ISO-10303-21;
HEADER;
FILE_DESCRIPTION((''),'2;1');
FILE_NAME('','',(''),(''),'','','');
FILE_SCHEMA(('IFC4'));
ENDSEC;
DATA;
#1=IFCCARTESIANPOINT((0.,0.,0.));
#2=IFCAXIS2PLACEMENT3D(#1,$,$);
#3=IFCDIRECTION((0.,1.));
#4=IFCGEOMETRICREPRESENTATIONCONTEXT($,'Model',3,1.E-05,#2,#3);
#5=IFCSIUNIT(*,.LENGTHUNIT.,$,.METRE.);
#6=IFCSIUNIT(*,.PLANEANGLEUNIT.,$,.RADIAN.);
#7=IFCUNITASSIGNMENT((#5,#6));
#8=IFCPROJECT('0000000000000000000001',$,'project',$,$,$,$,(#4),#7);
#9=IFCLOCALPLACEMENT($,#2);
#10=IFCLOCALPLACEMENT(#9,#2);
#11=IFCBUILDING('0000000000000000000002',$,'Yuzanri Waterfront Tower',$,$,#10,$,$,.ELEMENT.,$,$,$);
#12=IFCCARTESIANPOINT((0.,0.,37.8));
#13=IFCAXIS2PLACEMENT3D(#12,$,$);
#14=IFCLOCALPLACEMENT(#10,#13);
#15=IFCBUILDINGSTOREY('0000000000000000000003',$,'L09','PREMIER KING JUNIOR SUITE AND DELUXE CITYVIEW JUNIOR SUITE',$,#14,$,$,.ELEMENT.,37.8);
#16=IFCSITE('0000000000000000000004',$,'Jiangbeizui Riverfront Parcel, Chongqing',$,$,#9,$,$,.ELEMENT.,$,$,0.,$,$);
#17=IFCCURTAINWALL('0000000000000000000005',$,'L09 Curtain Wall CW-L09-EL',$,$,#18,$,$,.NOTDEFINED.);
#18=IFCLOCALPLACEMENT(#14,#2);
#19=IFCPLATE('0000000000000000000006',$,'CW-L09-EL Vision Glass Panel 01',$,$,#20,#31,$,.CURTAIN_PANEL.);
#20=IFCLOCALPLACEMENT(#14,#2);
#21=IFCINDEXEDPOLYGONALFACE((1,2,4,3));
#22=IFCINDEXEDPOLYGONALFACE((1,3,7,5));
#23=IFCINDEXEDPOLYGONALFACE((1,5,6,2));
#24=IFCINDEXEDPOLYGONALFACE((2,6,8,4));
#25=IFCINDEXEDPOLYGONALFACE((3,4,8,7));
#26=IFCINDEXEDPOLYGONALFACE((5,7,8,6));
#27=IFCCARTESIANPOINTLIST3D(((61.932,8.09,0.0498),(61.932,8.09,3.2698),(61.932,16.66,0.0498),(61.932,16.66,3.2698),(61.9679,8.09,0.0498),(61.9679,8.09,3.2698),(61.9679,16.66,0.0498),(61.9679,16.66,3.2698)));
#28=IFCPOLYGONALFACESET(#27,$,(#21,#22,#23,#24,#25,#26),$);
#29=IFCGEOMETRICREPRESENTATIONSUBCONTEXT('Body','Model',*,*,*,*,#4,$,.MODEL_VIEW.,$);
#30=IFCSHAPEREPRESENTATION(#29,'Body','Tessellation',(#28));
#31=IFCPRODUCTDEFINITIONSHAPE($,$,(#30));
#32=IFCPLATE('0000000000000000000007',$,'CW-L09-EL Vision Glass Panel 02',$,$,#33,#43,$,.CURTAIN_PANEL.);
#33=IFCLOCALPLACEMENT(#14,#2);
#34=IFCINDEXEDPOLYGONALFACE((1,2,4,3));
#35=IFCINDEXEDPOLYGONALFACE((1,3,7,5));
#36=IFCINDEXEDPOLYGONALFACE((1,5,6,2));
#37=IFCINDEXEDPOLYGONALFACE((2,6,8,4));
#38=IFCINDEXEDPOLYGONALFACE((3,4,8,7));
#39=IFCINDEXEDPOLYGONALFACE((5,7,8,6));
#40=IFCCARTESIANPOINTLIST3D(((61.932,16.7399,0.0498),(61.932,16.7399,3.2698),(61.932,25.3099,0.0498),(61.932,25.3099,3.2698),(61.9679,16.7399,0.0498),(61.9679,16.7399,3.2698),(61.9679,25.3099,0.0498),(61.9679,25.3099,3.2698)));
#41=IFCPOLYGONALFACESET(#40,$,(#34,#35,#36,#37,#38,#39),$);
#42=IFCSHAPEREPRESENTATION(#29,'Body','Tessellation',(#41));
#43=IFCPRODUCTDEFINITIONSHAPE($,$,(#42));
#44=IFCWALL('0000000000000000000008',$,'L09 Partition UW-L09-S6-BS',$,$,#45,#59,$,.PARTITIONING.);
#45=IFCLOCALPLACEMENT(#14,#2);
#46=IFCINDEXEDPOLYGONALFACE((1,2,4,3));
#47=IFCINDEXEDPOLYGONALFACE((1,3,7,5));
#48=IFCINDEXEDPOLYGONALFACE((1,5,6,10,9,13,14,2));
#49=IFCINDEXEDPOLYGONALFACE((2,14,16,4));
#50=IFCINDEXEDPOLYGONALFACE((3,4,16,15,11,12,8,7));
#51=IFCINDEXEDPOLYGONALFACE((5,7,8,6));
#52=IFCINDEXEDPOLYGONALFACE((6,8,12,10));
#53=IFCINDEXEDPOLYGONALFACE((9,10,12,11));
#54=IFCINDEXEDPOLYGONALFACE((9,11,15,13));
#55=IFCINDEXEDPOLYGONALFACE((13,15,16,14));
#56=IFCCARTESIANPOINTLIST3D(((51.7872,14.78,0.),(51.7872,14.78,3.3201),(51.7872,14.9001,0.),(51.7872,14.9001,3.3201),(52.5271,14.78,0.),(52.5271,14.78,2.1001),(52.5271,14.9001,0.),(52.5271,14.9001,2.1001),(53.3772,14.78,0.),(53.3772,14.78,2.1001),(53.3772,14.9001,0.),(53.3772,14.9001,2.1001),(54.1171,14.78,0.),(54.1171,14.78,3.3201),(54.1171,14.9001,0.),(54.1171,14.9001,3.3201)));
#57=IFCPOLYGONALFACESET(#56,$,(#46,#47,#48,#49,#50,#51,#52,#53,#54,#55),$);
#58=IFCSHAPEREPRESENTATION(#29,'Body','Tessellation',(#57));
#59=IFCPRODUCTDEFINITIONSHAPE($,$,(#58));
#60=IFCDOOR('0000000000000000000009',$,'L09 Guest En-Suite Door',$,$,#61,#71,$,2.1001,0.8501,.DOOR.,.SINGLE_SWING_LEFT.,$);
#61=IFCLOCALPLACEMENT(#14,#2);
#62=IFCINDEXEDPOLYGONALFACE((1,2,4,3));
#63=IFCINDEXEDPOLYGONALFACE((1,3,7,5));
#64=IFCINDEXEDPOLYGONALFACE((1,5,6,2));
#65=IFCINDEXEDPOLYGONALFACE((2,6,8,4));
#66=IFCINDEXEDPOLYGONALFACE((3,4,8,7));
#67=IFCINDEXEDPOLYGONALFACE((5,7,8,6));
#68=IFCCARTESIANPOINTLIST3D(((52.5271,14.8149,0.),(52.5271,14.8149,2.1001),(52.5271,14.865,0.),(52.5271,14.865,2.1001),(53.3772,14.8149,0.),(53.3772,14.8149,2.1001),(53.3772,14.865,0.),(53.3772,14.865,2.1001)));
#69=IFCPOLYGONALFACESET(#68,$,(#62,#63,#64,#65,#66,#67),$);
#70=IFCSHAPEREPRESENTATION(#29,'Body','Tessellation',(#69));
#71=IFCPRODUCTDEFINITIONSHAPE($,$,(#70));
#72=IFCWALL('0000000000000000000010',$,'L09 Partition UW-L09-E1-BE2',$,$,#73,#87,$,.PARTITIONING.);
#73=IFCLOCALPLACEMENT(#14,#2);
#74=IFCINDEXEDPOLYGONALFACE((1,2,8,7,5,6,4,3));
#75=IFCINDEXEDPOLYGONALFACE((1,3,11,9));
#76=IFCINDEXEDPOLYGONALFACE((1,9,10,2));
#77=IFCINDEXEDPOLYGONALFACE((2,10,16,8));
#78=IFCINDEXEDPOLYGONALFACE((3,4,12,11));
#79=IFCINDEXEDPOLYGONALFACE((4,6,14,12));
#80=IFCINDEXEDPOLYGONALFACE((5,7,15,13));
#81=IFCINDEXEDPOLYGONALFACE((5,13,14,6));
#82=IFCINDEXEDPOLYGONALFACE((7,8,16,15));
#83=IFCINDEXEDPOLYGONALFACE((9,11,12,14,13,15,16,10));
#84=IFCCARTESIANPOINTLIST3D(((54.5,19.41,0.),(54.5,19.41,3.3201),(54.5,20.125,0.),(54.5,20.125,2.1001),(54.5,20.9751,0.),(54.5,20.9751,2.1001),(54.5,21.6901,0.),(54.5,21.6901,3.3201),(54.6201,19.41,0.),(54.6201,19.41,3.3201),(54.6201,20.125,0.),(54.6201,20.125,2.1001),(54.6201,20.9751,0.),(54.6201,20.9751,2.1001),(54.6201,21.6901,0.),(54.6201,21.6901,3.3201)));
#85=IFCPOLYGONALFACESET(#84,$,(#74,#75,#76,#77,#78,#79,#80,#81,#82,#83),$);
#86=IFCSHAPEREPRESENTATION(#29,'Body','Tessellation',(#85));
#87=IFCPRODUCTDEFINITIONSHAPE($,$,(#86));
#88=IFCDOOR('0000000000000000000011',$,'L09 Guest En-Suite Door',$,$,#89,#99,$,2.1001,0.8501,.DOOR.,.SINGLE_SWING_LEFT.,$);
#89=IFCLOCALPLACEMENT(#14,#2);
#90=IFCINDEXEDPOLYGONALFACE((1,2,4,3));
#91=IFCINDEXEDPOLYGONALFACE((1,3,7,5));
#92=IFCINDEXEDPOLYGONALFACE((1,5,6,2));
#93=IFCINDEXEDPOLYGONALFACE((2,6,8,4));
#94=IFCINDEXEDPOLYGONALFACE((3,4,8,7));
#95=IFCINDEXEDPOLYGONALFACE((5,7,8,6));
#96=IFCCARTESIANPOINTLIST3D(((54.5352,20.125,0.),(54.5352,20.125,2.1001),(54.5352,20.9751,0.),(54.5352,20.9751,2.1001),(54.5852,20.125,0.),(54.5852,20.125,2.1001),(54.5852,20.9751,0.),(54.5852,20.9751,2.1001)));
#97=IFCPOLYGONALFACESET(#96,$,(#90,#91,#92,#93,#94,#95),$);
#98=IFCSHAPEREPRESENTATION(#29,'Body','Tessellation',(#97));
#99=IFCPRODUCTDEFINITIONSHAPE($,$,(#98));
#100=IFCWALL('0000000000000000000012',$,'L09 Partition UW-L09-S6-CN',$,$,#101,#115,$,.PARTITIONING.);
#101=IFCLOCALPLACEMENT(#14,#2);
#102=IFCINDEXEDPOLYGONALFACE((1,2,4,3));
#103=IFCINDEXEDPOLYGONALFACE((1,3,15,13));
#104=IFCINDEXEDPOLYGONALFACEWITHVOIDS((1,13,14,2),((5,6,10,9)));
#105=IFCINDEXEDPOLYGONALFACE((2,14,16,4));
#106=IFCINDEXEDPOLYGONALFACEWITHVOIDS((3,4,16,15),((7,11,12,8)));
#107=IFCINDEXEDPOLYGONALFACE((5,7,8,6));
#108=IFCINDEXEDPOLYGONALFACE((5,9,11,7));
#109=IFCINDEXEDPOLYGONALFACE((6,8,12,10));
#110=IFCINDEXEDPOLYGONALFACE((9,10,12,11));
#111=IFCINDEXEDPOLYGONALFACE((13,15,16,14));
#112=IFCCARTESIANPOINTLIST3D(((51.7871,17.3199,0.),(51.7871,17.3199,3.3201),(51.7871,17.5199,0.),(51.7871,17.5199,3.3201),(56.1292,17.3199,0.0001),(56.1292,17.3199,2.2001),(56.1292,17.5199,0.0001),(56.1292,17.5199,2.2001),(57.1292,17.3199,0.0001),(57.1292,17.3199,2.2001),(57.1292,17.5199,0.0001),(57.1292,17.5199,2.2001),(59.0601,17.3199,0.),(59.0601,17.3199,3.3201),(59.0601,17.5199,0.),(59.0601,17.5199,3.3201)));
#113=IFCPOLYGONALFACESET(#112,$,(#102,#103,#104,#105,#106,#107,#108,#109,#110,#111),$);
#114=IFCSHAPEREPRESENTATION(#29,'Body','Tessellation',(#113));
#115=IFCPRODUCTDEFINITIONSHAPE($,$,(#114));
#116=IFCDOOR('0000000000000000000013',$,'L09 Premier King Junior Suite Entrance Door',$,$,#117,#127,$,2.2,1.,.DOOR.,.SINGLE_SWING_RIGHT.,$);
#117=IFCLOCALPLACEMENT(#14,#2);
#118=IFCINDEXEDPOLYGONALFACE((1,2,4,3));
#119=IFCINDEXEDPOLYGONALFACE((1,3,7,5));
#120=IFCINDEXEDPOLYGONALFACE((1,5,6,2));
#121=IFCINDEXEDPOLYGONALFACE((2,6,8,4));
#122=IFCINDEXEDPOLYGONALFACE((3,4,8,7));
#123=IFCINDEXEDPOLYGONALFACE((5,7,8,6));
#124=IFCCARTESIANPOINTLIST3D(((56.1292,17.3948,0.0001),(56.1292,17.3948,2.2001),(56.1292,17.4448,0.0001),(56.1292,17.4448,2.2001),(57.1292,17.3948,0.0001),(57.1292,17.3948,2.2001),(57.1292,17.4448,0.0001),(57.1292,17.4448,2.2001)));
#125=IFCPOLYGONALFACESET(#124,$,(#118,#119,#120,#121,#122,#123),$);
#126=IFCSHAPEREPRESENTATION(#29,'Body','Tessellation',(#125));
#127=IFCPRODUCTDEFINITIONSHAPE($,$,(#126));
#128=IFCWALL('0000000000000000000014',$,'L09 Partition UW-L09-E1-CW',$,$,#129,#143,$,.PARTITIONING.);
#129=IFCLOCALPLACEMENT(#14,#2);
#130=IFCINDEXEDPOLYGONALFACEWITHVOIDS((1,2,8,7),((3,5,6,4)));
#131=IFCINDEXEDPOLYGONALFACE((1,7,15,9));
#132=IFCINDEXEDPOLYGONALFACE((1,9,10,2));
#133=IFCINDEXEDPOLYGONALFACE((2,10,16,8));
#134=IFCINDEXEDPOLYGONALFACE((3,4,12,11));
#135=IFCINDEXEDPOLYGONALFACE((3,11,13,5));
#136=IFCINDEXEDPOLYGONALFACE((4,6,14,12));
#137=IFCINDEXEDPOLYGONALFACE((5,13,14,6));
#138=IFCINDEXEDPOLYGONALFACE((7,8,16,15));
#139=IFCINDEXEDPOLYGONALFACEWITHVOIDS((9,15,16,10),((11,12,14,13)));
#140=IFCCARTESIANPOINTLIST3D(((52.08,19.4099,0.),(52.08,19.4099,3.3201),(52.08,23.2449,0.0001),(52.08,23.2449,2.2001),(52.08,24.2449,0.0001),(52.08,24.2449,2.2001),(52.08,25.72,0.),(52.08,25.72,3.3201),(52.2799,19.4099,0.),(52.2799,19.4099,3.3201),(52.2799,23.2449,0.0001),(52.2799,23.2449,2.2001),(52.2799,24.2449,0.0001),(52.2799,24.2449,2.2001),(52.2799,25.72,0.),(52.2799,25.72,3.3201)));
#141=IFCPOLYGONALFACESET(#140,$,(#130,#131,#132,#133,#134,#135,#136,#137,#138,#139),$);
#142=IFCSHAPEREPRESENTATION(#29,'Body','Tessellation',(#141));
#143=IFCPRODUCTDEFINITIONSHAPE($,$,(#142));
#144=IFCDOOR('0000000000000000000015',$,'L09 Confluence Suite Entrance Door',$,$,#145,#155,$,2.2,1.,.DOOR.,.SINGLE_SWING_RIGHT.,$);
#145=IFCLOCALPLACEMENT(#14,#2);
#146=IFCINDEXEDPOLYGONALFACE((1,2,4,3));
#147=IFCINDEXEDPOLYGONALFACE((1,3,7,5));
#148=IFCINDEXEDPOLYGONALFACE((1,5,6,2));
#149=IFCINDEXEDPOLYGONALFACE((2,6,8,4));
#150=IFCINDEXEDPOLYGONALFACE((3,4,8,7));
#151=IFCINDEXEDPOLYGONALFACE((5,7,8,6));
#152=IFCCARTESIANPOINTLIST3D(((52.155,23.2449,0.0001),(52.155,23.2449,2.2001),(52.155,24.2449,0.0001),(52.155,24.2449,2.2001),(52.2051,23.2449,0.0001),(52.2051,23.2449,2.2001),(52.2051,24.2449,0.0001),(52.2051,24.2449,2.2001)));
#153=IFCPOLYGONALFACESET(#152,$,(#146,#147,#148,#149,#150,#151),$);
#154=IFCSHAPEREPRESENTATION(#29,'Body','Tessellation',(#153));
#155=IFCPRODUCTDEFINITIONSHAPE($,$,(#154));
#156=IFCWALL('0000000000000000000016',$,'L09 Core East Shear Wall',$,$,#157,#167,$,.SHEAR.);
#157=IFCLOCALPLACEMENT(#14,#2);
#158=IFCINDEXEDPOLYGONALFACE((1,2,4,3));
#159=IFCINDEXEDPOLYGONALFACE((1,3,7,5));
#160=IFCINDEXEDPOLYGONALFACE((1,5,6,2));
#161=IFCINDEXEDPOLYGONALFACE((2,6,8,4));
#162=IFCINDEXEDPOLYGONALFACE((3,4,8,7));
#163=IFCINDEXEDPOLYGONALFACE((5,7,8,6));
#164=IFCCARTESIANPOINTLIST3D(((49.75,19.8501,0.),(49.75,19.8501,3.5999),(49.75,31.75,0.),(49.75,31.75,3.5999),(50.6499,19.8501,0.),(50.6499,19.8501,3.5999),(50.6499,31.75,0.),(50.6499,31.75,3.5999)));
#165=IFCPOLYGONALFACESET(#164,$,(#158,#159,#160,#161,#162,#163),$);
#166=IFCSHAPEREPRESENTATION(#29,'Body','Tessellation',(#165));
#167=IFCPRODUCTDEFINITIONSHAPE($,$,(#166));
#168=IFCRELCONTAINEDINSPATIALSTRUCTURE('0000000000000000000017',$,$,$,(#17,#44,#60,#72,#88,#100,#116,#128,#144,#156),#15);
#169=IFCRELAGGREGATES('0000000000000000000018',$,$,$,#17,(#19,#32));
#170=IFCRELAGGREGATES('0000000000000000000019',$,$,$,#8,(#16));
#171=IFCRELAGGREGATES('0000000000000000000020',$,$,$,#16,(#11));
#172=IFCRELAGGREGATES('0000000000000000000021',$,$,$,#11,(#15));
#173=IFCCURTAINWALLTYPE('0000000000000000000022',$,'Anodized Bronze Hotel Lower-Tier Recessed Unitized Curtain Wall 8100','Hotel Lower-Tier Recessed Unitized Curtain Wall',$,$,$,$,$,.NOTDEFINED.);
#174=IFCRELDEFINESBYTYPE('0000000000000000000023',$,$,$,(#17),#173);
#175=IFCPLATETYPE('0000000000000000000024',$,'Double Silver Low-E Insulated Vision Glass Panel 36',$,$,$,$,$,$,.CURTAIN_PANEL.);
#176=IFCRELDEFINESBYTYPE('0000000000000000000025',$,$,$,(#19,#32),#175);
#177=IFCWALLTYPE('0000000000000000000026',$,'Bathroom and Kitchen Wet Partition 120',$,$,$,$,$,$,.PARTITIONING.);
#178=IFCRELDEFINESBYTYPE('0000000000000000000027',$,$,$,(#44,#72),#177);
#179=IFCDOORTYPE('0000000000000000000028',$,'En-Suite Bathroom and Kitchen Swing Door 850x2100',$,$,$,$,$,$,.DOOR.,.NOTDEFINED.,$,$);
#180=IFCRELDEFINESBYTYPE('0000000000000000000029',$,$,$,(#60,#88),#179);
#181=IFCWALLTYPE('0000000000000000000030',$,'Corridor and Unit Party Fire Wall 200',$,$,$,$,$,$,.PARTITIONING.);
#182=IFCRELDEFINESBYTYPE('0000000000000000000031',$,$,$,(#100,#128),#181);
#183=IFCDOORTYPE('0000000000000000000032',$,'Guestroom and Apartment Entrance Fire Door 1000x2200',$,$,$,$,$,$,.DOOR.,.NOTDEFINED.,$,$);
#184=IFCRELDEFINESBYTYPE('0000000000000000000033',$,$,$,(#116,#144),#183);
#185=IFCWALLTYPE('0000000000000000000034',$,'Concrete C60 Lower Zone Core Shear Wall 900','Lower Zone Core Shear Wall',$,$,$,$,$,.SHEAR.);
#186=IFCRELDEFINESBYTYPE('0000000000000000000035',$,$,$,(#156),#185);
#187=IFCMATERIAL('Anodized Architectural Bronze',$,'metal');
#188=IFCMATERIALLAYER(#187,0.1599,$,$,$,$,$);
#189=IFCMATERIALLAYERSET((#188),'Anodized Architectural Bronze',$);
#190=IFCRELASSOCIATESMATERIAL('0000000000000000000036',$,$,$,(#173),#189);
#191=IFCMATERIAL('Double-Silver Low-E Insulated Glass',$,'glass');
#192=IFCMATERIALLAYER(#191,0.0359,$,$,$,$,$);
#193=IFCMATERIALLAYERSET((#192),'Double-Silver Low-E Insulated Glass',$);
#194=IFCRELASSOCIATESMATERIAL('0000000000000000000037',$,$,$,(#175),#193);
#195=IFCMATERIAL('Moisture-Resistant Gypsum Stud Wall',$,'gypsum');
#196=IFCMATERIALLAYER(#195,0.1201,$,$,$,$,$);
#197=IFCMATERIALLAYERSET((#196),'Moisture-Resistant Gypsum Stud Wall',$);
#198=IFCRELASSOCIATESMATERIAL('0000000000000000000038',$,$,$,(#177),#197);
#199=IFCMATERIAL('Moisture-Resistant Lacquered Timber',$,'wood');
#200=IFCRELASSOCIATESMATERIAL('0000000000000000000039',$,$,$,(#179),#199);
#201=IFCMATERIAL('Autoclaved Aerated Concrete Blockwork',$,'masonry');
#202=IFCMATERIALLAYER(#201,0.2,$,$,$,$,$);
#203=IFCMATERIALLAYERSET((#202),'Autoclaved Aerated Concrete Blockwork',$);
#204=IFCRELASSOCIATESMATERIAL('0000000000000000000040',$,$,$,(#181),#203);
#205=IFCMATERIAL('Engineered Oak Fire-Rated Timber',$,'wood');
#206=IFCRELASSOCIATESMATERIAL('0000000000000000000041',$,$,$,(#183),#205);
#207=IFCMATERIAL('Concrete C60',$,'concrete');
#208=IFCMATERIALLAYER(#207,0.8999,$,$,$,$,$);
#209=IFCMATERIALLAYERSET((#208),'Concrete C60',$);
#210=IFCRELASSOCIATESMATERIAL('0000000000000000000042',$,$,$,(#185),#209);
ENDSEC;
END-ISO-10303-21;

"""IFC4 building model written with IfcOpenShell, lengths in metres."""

from ifc_helpers import new_model, si_unit, direction, frame, frame_2d, origin, origin_2d, place, context, subcontext, project, spatial, rectangle, extrude, source, transform, mapped, material, layer, layer_set, type_object, element, fill, aggregate, save


model = new_model("IFC4")

# Units and contexts
model_context = context("Model", 3, precision=1e-05, world=origin(), true_north=direction((0.0, 1.0)))
body_context = subcontext(model_context, "Body", "Model", "MODEL_VIEW")
ifc_project = project(units=[si_unit("LENGTHUNIT", "METRE"), si_unit("PLANEANGLEUNIT", "RADIAN")], contexts=[model_context])

# Site, building, storey
site_placement = place(None, origin())
site = spatial("IfcSite", under=ifc_project, at=site_placement, Name="Jiangbeizui Riverfront Parcel, Chongqing", CompositionType="ELEMENT", RefElevation=0.0)
building_placement = place(site_placement, origin())
building = spatial("IfcBuilding", under=site, at=building_placement, Name="Yuzanri Waterfront Tower", CompositionType="ELEMENT")
storey_placement = place(building_placement, frame((0.0, 0.0, 37.8)))
storey = spatial("IfcBuildingStorey", under=building, at=storey_placement, Name="L09", Description="PREMIER KING JUNIOR SUITE AND DELUXE CITYVIEW JUNIOR SUITE", CompositionType="ELEMENT", Elevation=37.8)

# Curtain wall, plates
ifc_material_1 = material(Name="Anodized Architectural Bronze", Category="metal")
ifc_layer_1 = layer(ifc_material_1, 0.1599)
ifc_layer_set_1 = layer_set([ifc_layer_1], Name="Anodized Architectural Bronze")
curtain_wall_type = type_object("IfcCurtainWallType", Name="Anodized Bronze Hotel Lower-Tier Recessed Unitized Curtain Wall 8100", Description="Hotel Lower-Tier Recessed Unitized Curtain Wall", PredefinedType="NOTDEFINED", material=ifc_layer_set_1)
curtain_wall_placement = place(storey_placement, origin())
curtain_wall = element("IfcCurtainWall", 1, at=curtain_wall_placement, inside=storey, type_object=curtain_wall_type, Name="L09 Curtain Wall CW-L09-EL", PredefinedType="NOTDEFINED")
ifc_material_2 = material(Name="Double-Silver Low-E Insulated Glass", Category="glass")
ifc_layer_2 = layer(ifc_material_2, 0.0359)
ifc_layer_set_2 = layer_set([ifc_layer_2], Name="Double-Silver Low-E Insulated Glass")
plate_type = type_object("IfcPlateType", Name="Double Silver Low-E Insulated Vision Glass Panel 36", PredefinedType="CURTAIN_PANEL", material=ifc_layer_set_2)
shared_shape_1 = source(origin(), body_context, "Body", "SweptSolid", [
    extrude(rectangle(XDim=8.5701, YDim=0.0359, at=origin_2d()), origin(), (0.0, 0.0, 1.0), 3.22),
])
plate_1_placement = place(storey_placement, frame((61.95, 12.375, 0.0498), z_axis=(0.0, 0.0, 1.0), x_axis=(0.0, 1.0, 0.0)))
plate_1 = element("IfcPlate", 2, at=plate_1_placement, type_object=plate_type, Name="CW-L09-EL Vision Glass Panel 01", PredefinedType="CURTAIN_PANEL", context=body_context, shape_type="MappedRepresentation", body=[
    mapped(shared_shape_1, transform((0.0, 0.0, 0.0), scale=1.0)),
])
plate_2_placement = place(storey_placement, frame((61.95, 21.0249, 0.0498), z_axis=(0.0, 0.0, 1.0), x_axis=(0.0, 1.0, 0.0)))
plate_2 = element("IfcPlate", 3, at=plate_2_placement, type_object=plate_type, Name="CW-L09-EL Vision Glass Panel 02", PredefinedType="CURTAIN_PANEL", context=body_context, shape_type="MappedRepresentation", body=[
    mapped(shared_shape_1, transform((0.0, 0.0, 0.0), scale=1.0)),
])
aggregate(curtain_wall, [plate_1, plate_2])

# Walls, openings, doors
ifc_material_3 = material(Name="Moisture-Resistant Gypsum Stud Wall", Category="gypsum")
ifc_layer_3 = layer(ifc_material_3, 0.1201)
ifc_layer_set_3 = layer_set([ifc_layer_3], Name="Moisture-Resistant Gypsum Stud Wall")
wall_type_1 = type_object("IfcWallType", Name="Bathroom and Kitchen Wet Partition 120", PredefinedType="PARTITIONING", material=ifc_layer_set_3)
wall_1_placement = place(storey_placement, frame((51.7871, 14.8401, 0.0), z_axis=(0.0, 0.0, 1.0), x_axis=(1.0, 0.0, 0.0)))
wall_1 = element("IfcWall", 4, at=wall_1_placement, inside=storey, type_object=wall_type_1, Name="L09 Partition UW-L09-S6-BS", PredefinedType="PARTITIONING", context=body_context, shape_type="SweptSolid", body=[
    extrude(rectangle(XDim=2.3298, YDim=0.1201, at=frame_2d((1.165, 0.0))), origin(), (0.0, 0.0, 1.0), 3.3201),
])
opening_1_placement = place(wall_1_placement, frame((0.74, 0.0, 0.0)))
opening_1 = element("IfcOpeningElement", 5, at=opening_1_placement, cuts=wall_1, PredefinedType="OPENING", context=body_context, shape_type="SweptSolid", body=[
    extrude(rectangle(XDim=0.8501, YDim=2.1001, at=frame_2d((0.425, 1.05))), frame((0.0, 0.075, 0.0), z_axis=(0.0, -1.0, 0.0), x_axis=(1.0, 0.0, 0.0)), (0.0, 0.0, 1.0), 0.1499),
])
ifc_material_4 = material(Name="Moisture-Resistant Lacquered Timber", Category="wood")
door_type_1 = type_object("IfcDoorType", Name="En-Suite Bathroom and Kitchen Swing Door 850x2100", OperationType="NOTDEFINED", PredefinedType="DOOR", material=ifc_material_4)
shared_shape_2 = source(origin(), body_context, "Body", "SweptSolid", [
    extrude(rectangle(XDim=0.8501, YDim=2.1001, at=frame_2d((0.425, 1.05))), frame((0.0, 0.0249, 0.0), z_axis=(0.0, -1.0, 0.0), x_axis=(1.0, 0.0, 0.0)), (0.0, 0.0, 1.0), 0.05),
])
door_1_placement = place(opening_1_placement, origin())
door_1 = element("IfcDoor", 6, at=door_1_placement, inside=storey, type_object=door_type_1, Name="L09 Guest En-Suite Door", OperationType="SINGLE_SWING_LEFT", OverallHeight=2.1001, OverallWidth=0.8501, PredefinedType="DOOR", context=body_context, shape_type="MappedRepresentation", body=[
    mapped(shared_shape_2, transform((0.0, 0.0, 0.0), scale=1.0)),
])
fill(opening_1, door_1)
wall_2_placement = place(storey_placement, frame((54.5601, 19.4099, 0.0), z_axis=(0.0, 0.0, 1.0), x_axis=(0.0, 1.0, 0.0)))
wall_2 = element("IfcWall", 7, at=wall_2_placement, inside=storey, type_object=wall_type_1, Name="L09 Partition UW-L09-E1-BE2", PredefinedType="PARTITIONING", context=body_context, shape_type="SweptSolid", body=[
    extrude(rectangle(XDim=2.28, YDim=0.1201, at=frame_2d((1.1401, 0.0))), origin(), (0.0, 0.0, 1.0), 3.3201),
])
opening_2_placement = place(wall_2_placement, frame((0.7151, 0.0, 0.0)))
opening_2 = element("IfcOpeningElement", 8, at=opening_2_placement, cuts=wall_2, PredefinedType="OPENING", context=body_context, shape_type="SweptSolid", body=[
    extrude(rectangle(XDim=0.8501, YDim=2.1001, at=frame_2d((0.425, 1.05))), frame((0.0, 0.075, 0.0), z_axis=(0.0, -1.0, 0.0), x_axis=(1.0, 0.0, 0.0)), (0.0, 0.0, 1.0), 0.1499),
])
door_2_placement = place(opening_2_placement, origin())
door_2 = element("IfcDoor", 9, at=door_2_placement, inside=storey, type_object=door_type_1, Name="L09 Guest En-Suite Door", OperationType="SINGLE_SWING_LEFT", OverallHeight=2.1001, OverallWidth=0.8501, PredefinedType="DOOR", context=body_context, shape_type="MappedRepresentation", body=[
    mapped(shared_shape_2, transform((0.0, 0.0, 0.0), scale=1.0)),
])
fill(opening_2, door_2)
ifc_material_5 = material(Name="Autoclaved Aerated Concrete Blockwork", Category="masonry")
ifc_layer_4 = layer(ifc_material_5, 0.2)
ifc_layer_set_4 = layer_set([ifc_layer_4], Name="Autoclaved Aerated Concrete Blockwork")
wall_type_2 = type_object("IfcWallType", Name="Corridor and Unit Party Fire Wall 200", PredefinedType="PARTITIONING", material=ifc_layer_set_4)
wall_3_placement = place(storey_placement, frame((51.7871, 17.4199, 0.0), z_axis=(0.0, 0.0, 1.0), x_axis=(1.0, 0.0, 0.0)))
wall_3 = element("IfcWall", 10, at=wall_3_placement, inside=storey, type_object=wall_type_2, Name="L09 Partition UW-L09-S6-CN", PredefinedType="PARTITIONING", context=body_context, shape_type="SweptSolid", body=[
    extrude(rectangle(XDim=7.2729, YDim=0.2, at=frame_2d((3.6365, 0.0))), origin(), (0.0, 0.0, 1.0), 3.3201),
])
opening_3_placement = place(wall_3_placement, frame((4.342, 0.0, 0.0)))
opening_3 = element("IfcOpeningElement", 11, at=opening_3_placement, cuts=wall_3, PredefinedType="OPENING", context=body_context, shape_type="SweptSolid", body=[
    extrude(rectangle(XDim=1.0, YDim=2.2, at=frame_2d((0.5, 1.1001))), frame((0.0, 0.1147, 0.0), z_axis=(0.0, -1.0, 0.0), x_axis=(1.0, 0.0, 0.0)), (0.0, 0.0, 1.0), 0.2297),
])
ifc_material_6 = material(Name="Engineered Oak Fire-Rated Timber", Category="wood")
door_type_2 = type_object("IfcDoorType", Name="Guestroom and Apartment Entrance Fire Door 1000x2200", OperationType="NOTDEFINED", PredefinedType="DOOR", material=ifc_material_6)
shared_shape_3 = source(origin(), body_context, "Body", "SweptSolid", [
    extrude(rectangle(XDim=1.0, YDim=2.2, at=frame_2d((0.5, 1.1001))), frame((0.0, 0.0249, 0.0), z_axis=(0.0, -1.0, 0.0), x_axis=(1.0, 0.0, 0.0)), (0.0, 0.0, 1.0), 0.05),
])
door_3_placement = place(opening_3_placement, origin())
door_3 = element("IfcDoor", 12, at=door_3_placement, inside=storey, type_object=door_type_2, Name="L09 Premier King Junior Suite Entrance Door", OperationType="SINGLE_SWING_RIGHT", OverallHeight=2.2, OverallWidth=1.0, PredefinedType="DOOR", context=body_context, shape_type="MappedRepresentation", body=[
    mapped(shared_shape_3, transform((0.0, 0.0, 0.0), scale=1.0)),
])
fill(opening_3, door_3)
wall_4_placement = place(storey_placement, frame((52.1799, 19.4099, 0.0), z_axis=(0.0, 0.0, 1.0), x_axis=(0.0, 1.0, 0.0)))
wall_4 = element("IfcWall", 13, at=wall_4_placement, inside=storey, type_object=wall_type_2, Name="L09 Partition UW-L09-E1-CW", PredefinedType="PARTITIONING", context=body_context, shape_type="SweptSolid", body=[
    extrude(rectangle(XDim=6.3101, YDim=0.2, at=frame_2d((3.155, 0.0))), origin(), (0.0, 0.0, 1.0), 3.3201),
])
opening_4_placement = place(wall_4_placement, frame((3.835, 0.0, 0.0)))
opening_4 = element("IfcOpeningElement", 14, at=opening_4_placement, cuts=wall_4, PredefinedType="OPENING", context=body_context, shape_type="SweptSolid", body=[
    extrude(rectangle(XDim=1.0, YDim=2.2, at=frame_2d((0.5, 1.1001))), frame((0.0, 0.1147, 0.0), z_axis=(0.0, -1.0, 0.0), x_axis=(1.0, 0.0, 0.0)), (0.0, 0.0, 1.0), 0.2297),
])
door_4_placement = place(opening_4_placement, origin())
door_4 = element("IfcDoor", 15, at=door_4_placement, inside=storey, type_object=door_type_2, Name="L09 Confluence Suite Entrance Door", OperationType="SINGLE_SWING_RIGHT", OverallHeight=2.2, OverallWidth=1.0, PredefinedType="DOOR", context=body_context, shape_type="MappedRepresentation", body=[
    mapped(shared_shape_3, transform((0.0, 0.0, 0.0), scale=1.0)),
])
fill(opening_4, door_4)

# Wall
ifc_material_7 = material(Name="Concrete C60", Category="concrete")
ifc_layer_5 = layer(ifc_material_7, 0.8999)
ifc_layer_set_5 = layer_set([ifc_layer_5], Name="Concrete C60")
wall_type_3 = type_object("IfcWallType", Name="Concrete C60 Lower Zone Core Shear Wall 900", Description="Lower Zone Core Shear Wall", PredefinedType="SHEAR", material=ifc_layer_set_5)
shared_shape_4 = source(origin(), body_context, "Body", "SweptSolid", [
    extrude(rectangle(XDim=11.8999, YDim=0.8999, at=frame_2d((5.95, 0.0))), origin(), (0.0, 0.0, 1.0), 3.5999),
])
wall_5_placement = place(storey_placement, frame((50.2, 19.8501, 0.0), z_axis=(0.0, 0.0, 1.0), x_axis=(0.0, 1.0, 0.0)))
element("IfcWall", 16, at=wall_5_placement, inside=storey, type_object=wall_type_3, Name="L09 Core East Shear Wall", PredefinedType="SHEAR", context=body_context, shape_type="MappedRepresentation", body=[
    mapped(shared_shape_4, transform((0.0, 0.0, 0.0), scale=1.0)),
])

save(model, "model.ifc")
